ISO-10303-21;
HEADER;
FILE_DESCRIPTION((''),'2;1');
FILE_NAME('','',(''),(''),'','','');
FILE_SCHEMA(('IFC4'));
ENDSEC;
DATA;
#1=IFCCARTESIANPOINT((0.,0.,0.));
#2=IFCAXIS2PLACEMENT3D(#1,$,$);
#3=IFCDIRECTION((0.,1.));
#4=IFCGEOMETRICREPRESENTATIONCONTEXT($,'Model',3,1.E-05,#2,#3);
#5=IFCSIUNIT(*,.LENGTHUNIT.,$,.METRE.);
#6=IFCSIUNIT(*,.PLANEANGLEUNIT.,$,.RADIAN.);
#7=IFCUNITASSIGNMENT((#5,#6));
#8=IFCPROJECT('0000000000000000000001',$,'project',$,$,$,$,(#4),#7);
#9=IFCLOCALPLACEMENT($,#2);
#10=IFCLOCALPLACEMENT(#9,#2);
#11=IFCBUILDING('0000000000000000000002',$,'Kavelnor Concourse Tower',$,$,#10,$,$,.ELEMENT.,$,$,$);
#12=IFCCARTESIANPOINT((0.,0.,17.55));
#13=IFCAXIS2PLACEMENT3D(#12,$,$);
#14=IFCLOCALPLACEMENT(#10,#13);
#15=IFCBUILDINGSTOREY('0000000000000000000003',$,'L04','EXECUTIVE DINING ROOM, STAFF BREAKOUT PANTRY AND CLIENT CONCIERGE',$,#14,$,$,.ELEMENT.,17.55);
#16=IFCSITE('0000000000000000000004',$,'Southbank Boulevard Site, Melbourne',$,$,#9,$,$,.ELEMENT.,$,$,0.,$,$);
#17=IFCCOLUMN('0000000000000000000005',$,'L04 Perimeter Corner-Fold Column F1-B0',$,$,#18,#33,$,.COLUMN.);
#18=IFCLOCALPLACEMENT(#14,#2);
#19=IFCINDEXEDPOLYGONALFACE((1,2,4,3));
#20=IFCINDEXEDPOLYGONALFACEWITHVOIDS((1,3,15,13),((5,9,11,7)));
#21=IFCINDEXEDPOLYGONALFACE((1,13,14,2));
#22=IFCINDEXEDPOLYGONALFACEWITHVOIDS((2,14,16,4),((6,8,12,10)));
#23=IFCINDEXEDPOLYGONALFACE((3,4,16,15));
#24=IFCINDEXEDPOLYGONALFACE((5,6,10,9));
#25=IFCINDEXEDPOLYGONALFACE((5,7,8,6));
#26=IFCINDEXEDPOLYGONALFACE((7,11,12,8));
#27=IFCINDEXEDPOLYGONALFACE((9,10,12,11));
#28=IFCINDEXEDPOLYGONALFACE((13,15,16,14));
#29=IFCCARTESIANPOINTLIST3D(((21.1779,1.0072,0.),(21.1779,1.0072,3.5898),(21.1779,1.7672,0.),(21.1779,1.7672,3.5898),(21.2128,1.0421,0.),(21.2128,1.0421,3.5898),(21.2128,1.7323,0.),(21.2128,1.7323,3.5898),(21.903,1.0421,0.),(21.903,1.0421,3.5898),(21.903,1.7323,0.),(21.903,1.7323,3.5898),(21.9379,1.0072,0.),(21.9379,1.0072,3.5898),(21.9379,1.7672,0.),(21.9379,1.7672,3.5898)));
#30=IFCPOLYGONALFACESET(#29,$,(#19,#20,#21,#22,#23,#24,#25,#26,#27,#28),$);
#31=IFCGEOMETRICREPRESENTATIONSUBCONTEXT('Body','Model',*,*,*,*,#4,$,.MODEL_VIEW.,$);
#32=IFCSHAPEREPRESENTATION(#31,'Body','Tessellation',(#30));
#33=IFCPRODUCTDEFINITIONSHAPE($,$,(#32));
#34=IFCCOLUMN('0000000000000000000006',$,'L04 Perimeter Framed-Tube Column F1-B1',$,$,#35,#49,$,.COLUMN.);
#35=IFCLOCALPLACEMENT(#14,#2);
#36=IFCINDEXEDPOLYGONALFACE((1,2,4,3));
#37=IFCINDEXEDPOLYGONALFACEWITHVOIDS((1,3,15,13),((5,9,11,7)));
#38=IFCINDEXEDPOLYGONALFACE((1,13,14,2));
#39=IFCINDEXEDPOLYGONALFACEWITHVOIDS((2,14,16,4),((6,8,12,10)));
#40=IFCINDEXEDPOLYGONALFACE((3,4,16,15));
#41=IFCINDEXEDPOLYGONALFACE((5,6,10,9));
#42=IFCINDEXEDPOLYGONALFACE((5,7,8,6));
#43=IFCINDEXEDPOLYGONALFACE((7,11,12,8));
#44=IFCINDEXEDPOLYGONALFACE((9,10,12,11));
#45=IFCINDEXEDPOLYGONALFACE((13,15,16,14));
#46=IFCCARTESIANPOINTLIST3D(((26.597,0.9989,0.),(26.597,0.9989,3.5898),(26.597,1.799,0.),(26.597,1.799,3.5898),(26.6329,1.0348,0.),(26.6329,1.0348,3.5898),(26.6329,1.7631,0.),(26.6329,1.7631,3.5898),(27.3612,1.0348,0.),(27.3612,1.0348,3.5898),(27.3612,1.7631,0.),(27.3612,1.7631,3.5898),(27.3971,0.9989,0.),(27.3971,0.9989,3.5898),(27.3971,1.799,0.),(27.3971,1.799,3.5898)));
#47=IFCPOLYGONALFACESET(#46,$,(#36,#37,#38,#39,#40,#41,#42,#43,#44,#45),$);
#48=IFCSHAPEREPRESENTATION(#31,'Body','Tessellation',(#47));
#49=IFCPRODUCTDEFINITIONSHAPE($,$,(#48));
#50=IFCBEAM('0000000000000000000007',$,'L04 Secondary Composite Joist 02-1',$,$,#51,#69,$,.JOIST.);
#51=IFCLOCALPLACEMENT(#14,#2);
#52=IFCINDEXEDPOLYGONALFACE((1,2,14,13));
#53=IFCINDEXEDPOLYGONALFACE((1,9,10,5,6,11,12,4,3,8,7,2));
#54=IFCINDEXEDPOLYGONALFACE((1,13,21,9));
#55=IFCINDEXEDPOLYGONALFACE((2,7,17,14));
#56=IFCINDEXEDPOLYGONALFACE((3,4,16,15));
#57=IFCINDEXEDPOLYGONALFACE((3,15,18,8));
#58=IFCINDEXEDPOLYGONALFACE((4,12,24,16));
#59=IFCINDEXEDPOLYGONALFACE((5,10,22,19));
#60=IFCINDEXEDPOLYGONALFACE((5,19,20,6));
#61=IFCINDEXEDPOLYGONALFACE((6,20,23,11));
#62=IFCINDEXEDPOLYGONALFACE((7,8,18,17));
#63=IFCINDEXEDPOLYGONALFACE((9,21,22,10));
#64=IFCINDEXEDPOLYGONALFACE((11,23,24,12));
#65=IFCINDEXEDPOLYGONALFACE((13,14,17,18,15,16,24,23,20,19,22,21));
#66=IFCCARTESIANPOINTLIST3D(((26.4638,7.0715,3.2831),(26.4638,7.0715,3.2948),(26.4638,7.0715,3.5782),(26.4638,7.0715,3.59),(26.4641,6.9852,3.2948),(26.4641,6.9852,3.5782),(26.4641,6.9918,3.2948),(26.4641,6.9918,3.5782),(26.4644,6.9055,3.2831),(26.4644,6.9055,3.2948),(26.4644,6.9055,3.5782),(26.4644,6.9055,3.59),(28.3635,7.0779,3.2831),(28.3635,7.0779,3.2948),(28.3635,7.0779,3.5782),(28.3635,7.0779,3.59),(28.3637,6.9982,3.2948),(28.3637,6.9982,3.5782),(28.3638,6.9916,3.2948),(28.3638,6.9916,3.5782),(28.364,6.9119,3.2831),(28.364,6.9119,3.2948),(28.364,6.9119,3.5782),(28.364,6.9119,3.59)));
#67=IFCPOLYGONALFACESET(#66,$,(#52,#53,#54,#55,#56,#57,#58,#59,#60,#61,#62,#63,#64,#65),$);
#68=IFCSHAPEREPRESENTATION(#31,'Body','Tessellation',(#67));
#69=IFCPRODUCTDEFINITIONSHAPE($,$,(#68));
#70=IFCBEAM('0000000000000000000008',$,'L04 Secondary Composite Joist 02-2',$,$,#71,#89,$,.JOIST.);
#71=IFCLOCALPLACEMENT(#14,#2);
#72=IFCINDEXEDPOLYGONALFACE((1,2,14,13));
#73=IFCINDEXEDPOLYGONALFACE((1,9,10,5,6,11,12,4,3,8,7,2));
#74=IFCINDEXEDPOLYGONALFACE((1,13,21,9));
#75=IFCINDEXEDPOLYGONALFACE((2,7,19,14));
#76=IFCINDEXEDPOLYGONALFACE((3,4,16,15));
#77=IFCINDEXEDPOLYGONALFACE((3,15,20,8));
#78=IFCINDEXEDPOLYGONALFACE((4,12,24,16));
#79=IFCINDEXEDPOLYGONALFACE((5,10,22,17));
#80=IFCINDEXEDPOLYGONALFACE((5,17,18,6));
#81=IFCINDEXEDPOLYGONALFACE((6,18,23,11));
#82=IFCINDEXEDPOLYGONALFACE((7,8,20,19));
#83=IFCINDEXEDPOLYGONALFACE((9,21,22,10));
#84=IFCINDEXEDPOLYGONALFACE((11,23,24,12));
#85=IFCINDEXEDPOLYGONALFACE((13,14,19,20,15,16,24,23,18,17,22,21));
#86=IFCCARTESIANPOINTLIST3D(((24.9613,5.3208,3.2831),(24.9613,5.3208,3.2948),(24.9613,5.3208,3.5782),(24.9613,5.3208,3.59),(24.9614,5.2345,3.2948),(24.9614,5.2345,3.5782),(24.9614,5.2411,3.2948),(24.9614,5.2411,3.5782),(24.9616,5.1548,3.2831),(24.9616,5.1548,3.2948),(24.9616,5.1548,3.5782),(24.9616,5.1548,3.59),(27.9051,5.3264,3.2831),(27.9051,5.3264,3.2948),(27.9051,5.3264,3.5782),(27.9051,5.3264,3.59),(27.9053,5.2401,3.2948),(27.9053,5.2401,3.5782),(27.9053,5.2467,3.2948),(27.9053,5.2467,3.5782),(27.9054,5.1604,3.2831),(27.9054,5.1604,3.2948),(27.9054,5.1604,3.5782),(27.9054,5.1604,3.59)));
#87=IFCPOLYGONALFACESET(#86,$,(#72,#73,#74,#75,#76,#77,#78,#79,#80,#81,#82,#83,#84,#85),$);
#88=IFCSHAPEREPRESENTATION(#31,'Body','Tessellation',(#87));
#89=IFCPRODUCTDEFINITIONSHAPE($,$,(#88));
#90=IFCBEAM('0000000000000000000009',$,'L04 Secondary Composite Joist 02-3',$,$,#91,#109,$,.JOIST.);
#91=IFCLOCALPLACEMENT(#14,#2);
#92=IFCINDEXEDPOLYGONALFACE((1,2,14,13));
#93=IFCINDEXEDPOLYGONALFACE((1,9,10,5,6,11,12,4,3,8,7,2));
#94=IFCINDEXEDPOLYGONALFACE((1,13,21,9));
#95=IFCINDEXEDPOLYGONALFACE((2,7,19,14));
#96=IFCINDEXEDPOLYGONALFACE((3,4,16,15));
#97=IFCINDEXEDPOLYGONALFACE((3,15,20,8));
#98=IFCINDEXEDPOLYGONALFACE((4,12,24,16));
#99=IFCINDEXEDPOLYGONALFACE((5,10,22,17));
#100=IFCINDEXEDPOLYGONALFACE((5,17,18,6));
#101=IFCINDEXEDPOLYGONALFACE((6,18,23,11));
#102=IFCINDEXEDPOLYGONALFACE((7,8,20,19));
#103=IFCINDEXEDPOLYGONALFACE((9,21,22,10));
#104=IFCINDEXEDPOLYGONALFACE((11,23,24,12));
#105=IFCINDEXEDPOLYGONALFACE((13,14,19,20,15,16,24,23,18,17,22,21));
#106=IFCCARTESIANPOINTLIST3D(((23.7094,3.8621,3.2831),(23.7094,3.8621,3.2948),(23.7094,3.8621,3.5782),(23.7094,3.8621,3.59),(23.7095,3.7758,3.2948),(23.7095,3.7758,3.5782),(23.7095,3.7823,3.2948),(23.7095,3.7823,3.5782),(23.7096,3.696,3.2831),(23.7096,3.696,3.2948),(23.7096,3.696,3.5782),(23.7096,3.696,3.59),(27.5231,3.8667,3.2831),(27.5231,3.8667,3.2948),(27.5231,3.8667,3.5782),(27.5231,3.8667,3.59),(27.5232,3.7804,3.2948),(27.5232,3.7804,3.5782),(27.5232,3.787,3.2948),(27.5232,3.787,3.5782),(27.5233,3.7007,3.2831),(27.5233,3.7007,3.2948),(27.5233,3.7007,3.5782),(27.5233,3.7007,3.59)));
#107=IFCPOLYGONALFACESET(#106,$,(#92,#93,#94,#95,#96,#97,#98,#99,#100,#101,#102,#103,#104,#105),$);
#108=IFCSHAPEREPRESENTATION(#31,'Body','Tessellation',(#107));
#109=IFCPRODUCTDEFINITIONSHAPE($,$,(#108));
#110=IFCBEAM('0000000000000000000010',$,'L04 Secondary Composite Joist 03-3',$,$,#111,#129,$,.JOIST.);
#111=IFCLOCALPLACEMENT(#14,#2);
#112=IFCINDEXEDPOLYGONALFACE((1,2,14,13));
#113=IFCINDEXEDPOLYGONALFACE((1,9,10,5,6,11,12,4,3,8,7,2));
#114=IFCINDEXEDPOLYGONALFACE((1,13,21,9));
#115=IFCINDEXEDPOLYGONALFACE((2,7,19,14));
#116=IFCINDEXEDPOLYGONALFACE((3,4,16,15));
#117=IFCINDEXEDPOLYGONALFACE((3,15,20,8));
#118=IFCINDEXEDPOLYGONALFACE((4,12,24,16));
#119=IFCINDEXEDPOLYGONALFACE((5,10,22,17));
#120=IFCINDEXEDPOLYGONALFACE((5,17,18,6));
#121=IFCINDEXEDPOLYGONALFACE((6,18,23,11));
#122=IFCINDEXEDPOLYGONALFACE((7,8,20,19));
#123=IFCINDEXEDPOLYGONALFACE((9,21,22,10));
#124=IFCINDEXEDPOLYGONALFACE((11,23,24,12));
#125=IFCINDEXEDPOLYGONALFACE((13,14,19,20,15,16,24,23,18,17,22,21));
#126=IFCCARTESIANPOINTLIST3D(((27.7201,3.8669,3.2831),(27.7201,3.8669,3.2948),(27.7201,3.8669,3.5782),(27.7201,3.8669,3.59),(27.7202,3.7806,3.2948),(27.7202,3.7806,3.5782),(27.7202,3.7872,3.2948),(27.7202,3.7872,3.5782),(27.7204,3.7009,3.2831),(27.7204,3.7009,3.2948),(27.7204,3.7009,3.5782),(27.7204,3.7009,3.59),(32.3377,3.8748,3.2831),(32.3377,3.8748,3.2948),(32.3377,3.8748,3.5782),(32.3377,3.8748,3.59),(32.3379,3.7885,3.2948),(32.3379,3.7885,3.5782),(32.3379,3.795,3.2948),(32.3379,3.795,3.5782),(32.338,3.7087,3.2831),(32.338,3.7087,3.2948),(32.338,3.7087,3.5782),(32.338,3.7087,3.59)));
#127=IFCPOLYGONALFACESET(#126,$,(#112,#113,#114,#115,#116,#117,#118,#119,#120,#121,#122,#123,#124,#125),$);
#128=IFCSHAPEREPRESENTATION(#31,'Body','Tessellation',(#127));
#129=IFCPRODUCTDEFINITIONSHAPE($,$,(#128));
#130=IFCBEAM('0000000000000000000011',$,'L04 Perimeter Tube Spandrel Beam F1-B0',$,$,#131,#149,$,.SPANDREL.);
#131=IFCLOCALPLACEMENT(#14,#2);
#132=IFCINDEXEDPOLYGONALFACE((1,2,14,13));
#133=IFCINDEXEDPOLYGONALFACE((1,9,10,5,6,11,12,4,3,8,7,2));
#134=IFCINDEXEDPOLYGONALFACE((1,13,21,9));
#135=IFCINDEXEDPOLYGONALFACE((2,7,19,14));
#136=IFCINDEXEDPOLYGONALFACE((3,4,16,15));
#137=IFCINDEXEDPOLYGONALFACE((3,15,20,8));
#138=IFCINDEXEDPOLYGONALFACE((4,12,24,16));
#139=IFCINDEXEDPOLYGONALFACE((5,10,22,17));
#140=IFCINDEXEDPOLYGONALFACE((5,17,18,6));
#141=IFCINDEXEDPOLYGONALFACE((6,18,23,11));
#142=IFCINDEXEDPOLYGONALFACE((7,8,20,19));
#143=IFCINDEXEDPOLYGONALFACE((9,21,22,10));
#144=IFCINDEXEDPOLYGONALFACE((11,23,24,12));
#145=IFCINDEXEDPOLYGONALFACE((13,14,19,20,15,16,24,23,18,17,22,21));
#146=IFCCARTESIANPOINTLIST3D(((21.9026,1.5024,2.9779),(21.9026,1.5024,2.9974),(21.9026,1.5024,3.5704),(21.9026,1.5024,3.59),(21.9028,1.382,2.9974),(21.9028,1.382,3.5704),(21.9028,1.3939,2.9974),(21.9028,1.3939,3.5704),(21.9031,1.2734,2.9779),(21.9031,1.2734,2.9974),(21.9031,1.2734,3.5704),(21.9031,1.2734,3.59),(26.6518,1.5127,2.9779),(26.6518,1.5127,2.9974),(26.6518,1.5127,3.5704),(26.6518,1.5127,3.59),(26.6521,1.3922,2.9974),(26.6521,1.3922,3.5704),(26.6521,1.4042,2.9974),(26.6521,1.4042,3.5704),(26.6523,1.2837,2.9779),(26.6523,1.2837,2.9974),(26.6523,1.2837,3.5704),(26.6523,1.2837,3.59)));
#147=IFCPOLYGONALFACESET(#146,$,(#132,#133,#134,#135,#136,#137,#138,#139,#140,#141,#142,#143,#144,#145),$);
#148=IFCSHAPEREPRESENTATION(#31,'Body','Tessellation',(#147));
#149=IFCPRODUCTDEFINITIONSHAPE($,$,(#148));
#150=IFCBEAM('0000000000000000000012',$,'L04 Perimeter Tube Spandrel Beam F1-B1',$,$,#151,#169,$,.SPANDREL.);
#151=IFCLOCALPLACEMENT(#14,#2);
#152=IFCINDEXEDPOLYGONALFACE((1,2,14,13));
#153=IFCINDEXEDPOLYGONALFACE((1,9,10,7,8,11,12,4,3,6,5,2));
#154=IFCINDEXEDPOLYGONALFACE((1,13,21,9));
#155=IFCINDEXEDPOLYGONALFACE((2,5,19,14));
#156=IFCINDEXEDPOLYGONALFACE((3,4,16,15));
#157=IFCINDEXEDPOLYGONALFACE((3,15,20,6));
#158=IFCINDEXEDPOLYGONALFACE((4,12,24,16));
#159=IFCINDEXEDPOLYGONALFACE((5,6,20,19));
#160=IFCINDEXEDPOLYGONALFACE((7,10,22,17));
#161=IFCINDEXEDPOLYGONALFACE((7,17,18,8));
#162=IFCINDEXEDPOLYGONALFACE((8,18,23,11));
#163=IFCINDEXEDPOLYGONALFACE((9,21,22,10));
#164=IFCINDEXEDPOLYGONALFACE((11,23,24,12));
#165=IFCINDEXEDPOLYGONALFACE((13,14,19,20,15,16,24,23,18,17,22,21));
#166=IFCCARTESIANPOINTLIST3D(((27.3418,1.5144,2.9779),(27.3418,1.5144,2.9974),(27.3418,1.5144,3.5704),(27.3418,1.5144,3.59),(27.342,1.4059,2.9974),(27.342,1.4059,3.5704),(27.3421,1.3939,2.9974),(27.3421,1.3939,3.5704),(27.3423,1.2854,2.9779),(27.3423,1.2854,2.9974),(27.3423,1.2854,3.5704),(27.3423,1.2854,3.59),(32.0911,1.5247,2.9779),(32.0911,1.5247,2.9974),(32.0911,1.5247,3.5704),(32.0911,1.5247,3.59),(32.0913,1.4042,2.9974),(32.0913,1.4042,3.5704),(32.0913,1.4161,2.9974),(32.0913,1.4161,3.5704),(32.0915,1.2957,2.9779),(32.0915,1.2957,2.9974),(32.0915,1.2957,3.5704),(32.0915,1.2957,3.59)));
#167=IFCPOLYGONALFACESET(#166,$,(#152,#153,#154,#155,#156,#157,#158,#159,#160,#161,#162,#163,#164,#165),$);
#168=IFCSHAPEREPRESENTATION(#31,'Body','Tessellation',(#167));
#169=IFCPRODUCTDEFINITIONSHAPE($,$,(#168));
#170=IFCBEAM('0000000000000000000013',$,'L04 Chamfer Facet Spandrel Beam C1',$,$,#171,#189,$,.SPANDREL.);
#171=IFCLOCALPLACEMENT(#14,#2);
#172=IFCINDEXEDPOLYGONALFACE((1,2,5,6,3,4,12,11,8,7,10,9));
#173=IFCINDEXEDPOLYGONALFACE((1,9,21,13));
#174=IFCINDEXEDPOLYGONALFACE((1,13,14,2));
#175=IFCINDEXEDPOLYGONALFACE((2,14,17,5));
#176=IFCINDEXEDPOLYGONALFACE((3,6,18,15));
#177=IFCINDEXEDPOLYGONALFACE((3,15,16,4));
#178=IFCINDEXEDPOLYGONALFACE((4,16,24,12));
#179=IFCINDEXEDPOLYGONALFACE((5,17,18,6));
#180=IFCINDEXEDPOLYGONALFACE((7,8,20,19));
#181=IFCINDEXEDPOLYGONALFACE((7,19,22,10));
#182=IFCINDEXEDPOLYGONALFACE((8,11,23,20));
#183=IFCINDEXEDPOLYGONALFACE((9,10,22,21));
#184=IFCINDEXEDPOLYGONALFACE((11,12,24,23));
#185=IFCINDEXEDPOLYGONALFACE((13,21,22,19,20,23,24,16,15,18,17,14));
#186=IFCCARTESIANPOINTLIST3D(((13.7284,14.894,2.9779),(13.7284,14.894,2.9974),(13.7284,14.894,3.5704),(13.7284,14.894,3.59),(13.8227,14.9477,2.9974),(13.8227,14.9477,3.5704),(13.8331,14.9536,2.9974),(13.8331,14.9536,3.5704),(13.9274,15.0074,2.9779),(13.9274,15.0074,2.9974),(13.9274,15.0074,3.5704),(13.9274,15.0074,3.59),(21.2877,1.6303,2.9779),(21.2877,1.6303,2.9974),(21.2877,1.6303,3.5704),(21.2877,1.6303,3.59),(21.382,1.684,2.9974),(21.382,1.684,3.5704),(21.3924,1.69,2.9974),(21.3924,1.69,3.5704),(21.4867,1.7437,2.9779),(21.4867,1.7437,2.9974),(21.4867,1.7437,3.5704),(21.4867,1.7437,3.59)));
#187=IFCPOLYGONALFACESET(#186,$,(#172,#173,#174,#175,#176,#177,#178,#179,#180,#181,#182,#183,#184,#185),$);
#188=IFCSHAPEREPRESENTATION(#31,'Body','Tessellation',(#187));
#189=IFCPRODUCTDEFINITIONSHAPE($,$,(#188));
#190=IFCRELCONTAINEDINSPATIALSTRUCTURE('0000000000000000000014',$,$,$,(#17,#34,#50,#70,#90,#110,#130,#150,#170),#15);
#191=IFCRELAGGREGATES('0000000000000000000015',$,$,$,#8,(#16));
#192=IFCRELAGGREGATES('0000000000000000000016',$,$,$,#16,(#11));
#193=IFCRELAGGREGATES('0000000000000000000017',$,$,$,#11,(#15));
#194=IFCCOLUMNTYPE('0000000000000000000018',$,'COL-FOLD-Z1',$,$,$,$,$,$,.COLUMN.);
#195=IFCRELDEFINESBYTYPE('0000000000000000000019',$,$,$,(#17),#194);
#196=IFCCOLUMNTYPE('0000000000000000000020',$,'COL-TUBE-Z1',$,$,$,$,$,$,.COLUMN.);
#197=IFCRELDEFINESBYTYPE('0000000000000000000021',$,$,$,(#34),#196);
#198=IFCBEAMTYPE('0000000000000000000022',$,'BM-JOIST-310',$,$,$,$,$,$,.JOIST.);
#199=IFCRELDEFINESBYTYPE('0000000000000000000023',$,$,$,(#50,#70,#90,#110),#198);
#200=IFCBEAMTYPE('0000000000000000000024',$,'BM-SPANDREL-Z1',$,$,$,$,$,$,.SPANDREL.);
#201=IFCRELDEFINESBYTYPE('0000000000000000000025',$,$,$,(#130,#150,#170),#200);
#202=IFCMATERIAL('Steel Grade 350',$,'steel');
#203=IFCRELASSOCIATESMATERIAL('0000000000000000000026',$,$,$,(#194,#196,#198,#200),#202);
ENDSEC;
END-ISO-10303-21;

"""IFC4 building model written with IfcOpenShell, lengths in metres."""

from ifc_helpers import new_model, si_unit, direction, frame, origin, origin_2d, place, context, subcontext, project, spatial, hollow_rectangle, i_section, extrude, material, material_profile, profile_set, type_object, element, save


model = new_model("IFC4")

# Units and contexts
model_context = context("Model", 3, precision=1e-05, world=origin(), true_north=direction((0.0, 1.0)))
body_context = subcontext(model_context, "Body", "Model", "MODEL_VIEW")
ifc_project = project(units=[si_unit("LENGTHUNIT", "METRE"), si_unit("PLANEANGLEUNIT", "RADIAN")], contexts=[model_context])

# Site, building, storey
site_placement = place(None, origin())
site = spatial("IfcSite", under=ifc_project, at=site_placement, Name="Southbank Boulevard Site, Melbourne", CompositionType="ELEMENT", RefElevation=0.0)
building_placement = place(site_placement, origin())
building = spatial("IfcBuilding", under=site, at=building_placement, Name="Kavelnor Concourse Tower", CompositionType="ELEMENT")
storey_placement = place(building_placement, frame((0.0, 0.0, 17.55)))
storey = spatial("IfcBuildingStorey", under=building, at=storey_placement, Name="L04", Description="EXECUTIVE DINING ROOM, STAFF BREAKOUT PANTRY AND CLIENT CONCIERGE", CompositionType="ELEMENT", Elevation=17.55)

# Columns
ifc_material_1 = material(Name="Steel Grade 350", Category="steel")
ifc_material_profile_1 = material_profile(ifc_material_1, hollow_rectangle(XDim=0.76, YDim=0.76, WallThickness=0.0349, at=origin_2d()), Name="SHS 760x760x35")
ifc_profile_set_1 = profile_set([ifc_material_profile_1], Name="Steel Grade 350")
column_type_1 = type_object("IfcColumnType", Name="COL-FOLD-Z1", PredefinedType="COLUMN", material=ifc_profile_set_1)
column_1_placement = place(storey_placement, frame((21.5579, 1.3872, 0.0), z_axis=(0.0, 0.0, 1.0), x_axis=(1.0, 0.0, 0.0)))
element("IfcColumn", 1, at=column_1_placement, inside=storey, type_object=column_type_1, Name="L04 Perimeter Corner-Fold Column F1-B0", PredefinedType="COLUMN", context=body_context, shape_type="SweptSolid", body=[
    extrude(hollow_rectangle(XDim=0.76, YDim=0.76, WallThickness=0.0349, at=origin_2d()), origin(), (0.0, 0.0, 1.0), 3.5898),
])
ifc_material_profile_2 = material_profile(ifc_material_1, hollow_rectangle(XDim=0.8, YDim=0.8, WallThickness=0.0359, at=origin_2d()), Name="SHS 800x800x36")
ifc_profile_set_2 = profile_set([ifc_material_profile_2], Name="Steel Grade 350")
column_type_2 = type_object("IfcColumnType", Name="COL-TUBE-Z1", PredefinedType="COLUMN", material=ifc_profile_set_2)
column_2_placement = place(storey_placement, frame((26.9971, 1.3989, 0.0), z_axis=(0.0, 0.0, 1.0), x_axis=(1.0, 0.0, 0.0)))
element("IfcColumn", 2, at=column_2_placement, inside=storey, type_object=column_type_2, Name="L04 Perimeter Framed-Tube Column F1-B1", PredefinedType="COLUMN", context=body_context, shape_type="SweptSolid", body=[
    extrude(hollow_rectangle(XDim=0.8, YDim=0.8, WallThickness=0.0359, at=origin_2d()), origin(), (0.0, 0.0, 1.0), 3.5898),
])

# Beams
ifc_material_profile_3 = material_profile(ifc_material_1, i_section(OverallWidth=0.166, OverallDepth=0.3069, WebThickness=0.0066, FlangeThickness=0.0117, at=origin_2d()), Name="310UB46")
ifc_profile_set_3 = profile_set([ifc_material_profile_3], Name="Steel Grade 350")
beam_type_1 = type_object("IfcBeamType", Name="BM-JOIST-310", PredefinedType="JOIST", material=ifc_profile_set_3)
beam_1_placement = place(storey_placement, frame((26.4641, 6.9885, 3.4365), z_axis=(0.999994, 0.003341, 0.0), x_axis=(-0.003341, 0.999994, 0.0)))
element("IfcBeam", 3, at=beam_1_placement, inside=storey, type_object=beam_type_1, Name="L04 Secondary Composite Joist 02-1", PredefinedType="JOIST", context=body_context, shape_type="SweptSolid", body=[
    extrude(i_section(OverallWidth=0.166, OverallDepth=0.3069, WebThickness=0.0066, FlangeThickness=0.0117, at=origin_2d()), origin(), (0.0, 0.0, 1.0), 1.8997),
])
beam_2_placement = place(storey_placement, frame((24.9614, 5.2378, 3.4365), z_axis=(0.999998, 0.001907, 0.0), x_axis=(-0.001907, 0.999998, 0.0)))
element("IfcBeam", 4, at=beam_2_placement, inside=storey, type_object=beam_type_1, Name="L04 Secondary Composite Joist 02-2", PredefinedType="JOIST", context=body_context, shape_type="SweptSolid", body=[
    extrude(i_section(OverallWidth=0.166, OverallDepth=0.3069, WebThickness=0.0066, FlangeThickness=0.0117, at=origin_2d()), origin(), (0.0, 0.0, 1.0), 2.9438),
])
beam_3_placement = place(storey_placement, frame((23.7095, 3.7791, 3.4365), z_axis=(0.999999, 0.001216, 0.0), x_axis=(-0.001216, 0.999999, 0.0)))
element("IfcBeam", 5, at=beam_3_placement, inside=storey, type_object=beam_type_1, Name="L04 Secondary Composite Joist 02-3", PredefinedType="JOIST", context=body_context, shape_type="SweptSolid", body=[
    extrude(i_section(OverallWidth=0.166, OverallDepth=0.3069, WebThickness=0.0066, FlangeThickness=0.0117, at=origin_2d()), origin(), (0.0, 0.0, 1.0), 3.8137),
])
beam_4_placement = place(storey_placement, frame((27.7202, 3.7839, 3.4365), z_axis=(0.999999, 0.001692, 0.0), x_axis=(-0.001692, 0.999999, 0.0)))
element("IfcBeam", 6, at=beam_4_placement, inside=storey, type_object=beam_type_1, Name="L04 Secondary Composite Joist 03-3", PredefinedType="JOIST", context=body_context, shape_type="SweptSolid", body=[
    extrude(i_section(OverallWidth=0.166, OverallDepth=0.3069, WebThickness=0.0066, FlangeThickness=0.0117, at=origin_2d()), origin(), (0.0, 0.0, 1.0), 4.6177),
])
ifc_material_profile_4 = material_profile(ifc_material_1, i_section(OverallWidth=0.229, OverallDepth=0.6121, WebThickness=0.012, FlangeThickness=0.0195, at=origin_2d()), Name="610UB125")
ifc_profile_set_4 = profile_set([ifc_material_profile_4], Name="Steel Grade 350")
beam_type_2 = type_object("IfcBeamType", Name="BM-SPANDREL-Z1", PredefinedType="SPANDREL", material=ifc_profile_set_4)
for number, where, z_axis, x_axis, name in (
    (7, (21.9028, 1.3879, 3.2839), (0.999998, 0.002159, 0.0), (-0.002159, 0.999998, 0.0), "L04 Perimeter Tube Spandrel Beam F1-B0"),
    (8, (27.342, 1.3999, 3.2839), (0.999998, 0.002159, 0.0), (-0.002159, 0.999998, 0.0), "L04 Perimeter Tube Spandrel Beam F1-B1"),
):
    element("IfcBeam", number, at=place(storey_placement, frame(where, z_axis=z_axis, x_axis=x_axis)), inside=storey, type_object=beam_type_2, Name=name, PredefinedType="SPANDREL", context=body_context, shape_type="SweptSolid", body=[
        extrude(i_section(OverallWidth=0.229, OverallDepth=0.6121, WebThickness=0.012, FlangeThickness=0.0195, at=origin_2d()), origin(), (0.0, 0.0, 1.0), 4.7493),
    ])
beam_5_placement = place(storey_placement, frame((13.8279, 14.9507, 3.2839), z_axis=(0.495155, -0.868805, 0.0), x_axis=(0.868805, 0.495155, 0.0)))
element("IfcBeam", 9, at=beam_5_placement, inside=storey, type_object=beam_type_2, Name="L04 Chamfer Facet Spandrel Beam C1", PredefinedType="SPANDREL", context=body_context, shape_type="SweptSolid", body=[
    extrude(i_section(OverallWidth=0.229, OverallDepth=0.6121, WebThickness=0.012, FlangeThickness=0.0195, at=origin_2d()), origin(), (0.0, 0.0, 1.0), 15.2666),
])

save(model, "model.ifc")
